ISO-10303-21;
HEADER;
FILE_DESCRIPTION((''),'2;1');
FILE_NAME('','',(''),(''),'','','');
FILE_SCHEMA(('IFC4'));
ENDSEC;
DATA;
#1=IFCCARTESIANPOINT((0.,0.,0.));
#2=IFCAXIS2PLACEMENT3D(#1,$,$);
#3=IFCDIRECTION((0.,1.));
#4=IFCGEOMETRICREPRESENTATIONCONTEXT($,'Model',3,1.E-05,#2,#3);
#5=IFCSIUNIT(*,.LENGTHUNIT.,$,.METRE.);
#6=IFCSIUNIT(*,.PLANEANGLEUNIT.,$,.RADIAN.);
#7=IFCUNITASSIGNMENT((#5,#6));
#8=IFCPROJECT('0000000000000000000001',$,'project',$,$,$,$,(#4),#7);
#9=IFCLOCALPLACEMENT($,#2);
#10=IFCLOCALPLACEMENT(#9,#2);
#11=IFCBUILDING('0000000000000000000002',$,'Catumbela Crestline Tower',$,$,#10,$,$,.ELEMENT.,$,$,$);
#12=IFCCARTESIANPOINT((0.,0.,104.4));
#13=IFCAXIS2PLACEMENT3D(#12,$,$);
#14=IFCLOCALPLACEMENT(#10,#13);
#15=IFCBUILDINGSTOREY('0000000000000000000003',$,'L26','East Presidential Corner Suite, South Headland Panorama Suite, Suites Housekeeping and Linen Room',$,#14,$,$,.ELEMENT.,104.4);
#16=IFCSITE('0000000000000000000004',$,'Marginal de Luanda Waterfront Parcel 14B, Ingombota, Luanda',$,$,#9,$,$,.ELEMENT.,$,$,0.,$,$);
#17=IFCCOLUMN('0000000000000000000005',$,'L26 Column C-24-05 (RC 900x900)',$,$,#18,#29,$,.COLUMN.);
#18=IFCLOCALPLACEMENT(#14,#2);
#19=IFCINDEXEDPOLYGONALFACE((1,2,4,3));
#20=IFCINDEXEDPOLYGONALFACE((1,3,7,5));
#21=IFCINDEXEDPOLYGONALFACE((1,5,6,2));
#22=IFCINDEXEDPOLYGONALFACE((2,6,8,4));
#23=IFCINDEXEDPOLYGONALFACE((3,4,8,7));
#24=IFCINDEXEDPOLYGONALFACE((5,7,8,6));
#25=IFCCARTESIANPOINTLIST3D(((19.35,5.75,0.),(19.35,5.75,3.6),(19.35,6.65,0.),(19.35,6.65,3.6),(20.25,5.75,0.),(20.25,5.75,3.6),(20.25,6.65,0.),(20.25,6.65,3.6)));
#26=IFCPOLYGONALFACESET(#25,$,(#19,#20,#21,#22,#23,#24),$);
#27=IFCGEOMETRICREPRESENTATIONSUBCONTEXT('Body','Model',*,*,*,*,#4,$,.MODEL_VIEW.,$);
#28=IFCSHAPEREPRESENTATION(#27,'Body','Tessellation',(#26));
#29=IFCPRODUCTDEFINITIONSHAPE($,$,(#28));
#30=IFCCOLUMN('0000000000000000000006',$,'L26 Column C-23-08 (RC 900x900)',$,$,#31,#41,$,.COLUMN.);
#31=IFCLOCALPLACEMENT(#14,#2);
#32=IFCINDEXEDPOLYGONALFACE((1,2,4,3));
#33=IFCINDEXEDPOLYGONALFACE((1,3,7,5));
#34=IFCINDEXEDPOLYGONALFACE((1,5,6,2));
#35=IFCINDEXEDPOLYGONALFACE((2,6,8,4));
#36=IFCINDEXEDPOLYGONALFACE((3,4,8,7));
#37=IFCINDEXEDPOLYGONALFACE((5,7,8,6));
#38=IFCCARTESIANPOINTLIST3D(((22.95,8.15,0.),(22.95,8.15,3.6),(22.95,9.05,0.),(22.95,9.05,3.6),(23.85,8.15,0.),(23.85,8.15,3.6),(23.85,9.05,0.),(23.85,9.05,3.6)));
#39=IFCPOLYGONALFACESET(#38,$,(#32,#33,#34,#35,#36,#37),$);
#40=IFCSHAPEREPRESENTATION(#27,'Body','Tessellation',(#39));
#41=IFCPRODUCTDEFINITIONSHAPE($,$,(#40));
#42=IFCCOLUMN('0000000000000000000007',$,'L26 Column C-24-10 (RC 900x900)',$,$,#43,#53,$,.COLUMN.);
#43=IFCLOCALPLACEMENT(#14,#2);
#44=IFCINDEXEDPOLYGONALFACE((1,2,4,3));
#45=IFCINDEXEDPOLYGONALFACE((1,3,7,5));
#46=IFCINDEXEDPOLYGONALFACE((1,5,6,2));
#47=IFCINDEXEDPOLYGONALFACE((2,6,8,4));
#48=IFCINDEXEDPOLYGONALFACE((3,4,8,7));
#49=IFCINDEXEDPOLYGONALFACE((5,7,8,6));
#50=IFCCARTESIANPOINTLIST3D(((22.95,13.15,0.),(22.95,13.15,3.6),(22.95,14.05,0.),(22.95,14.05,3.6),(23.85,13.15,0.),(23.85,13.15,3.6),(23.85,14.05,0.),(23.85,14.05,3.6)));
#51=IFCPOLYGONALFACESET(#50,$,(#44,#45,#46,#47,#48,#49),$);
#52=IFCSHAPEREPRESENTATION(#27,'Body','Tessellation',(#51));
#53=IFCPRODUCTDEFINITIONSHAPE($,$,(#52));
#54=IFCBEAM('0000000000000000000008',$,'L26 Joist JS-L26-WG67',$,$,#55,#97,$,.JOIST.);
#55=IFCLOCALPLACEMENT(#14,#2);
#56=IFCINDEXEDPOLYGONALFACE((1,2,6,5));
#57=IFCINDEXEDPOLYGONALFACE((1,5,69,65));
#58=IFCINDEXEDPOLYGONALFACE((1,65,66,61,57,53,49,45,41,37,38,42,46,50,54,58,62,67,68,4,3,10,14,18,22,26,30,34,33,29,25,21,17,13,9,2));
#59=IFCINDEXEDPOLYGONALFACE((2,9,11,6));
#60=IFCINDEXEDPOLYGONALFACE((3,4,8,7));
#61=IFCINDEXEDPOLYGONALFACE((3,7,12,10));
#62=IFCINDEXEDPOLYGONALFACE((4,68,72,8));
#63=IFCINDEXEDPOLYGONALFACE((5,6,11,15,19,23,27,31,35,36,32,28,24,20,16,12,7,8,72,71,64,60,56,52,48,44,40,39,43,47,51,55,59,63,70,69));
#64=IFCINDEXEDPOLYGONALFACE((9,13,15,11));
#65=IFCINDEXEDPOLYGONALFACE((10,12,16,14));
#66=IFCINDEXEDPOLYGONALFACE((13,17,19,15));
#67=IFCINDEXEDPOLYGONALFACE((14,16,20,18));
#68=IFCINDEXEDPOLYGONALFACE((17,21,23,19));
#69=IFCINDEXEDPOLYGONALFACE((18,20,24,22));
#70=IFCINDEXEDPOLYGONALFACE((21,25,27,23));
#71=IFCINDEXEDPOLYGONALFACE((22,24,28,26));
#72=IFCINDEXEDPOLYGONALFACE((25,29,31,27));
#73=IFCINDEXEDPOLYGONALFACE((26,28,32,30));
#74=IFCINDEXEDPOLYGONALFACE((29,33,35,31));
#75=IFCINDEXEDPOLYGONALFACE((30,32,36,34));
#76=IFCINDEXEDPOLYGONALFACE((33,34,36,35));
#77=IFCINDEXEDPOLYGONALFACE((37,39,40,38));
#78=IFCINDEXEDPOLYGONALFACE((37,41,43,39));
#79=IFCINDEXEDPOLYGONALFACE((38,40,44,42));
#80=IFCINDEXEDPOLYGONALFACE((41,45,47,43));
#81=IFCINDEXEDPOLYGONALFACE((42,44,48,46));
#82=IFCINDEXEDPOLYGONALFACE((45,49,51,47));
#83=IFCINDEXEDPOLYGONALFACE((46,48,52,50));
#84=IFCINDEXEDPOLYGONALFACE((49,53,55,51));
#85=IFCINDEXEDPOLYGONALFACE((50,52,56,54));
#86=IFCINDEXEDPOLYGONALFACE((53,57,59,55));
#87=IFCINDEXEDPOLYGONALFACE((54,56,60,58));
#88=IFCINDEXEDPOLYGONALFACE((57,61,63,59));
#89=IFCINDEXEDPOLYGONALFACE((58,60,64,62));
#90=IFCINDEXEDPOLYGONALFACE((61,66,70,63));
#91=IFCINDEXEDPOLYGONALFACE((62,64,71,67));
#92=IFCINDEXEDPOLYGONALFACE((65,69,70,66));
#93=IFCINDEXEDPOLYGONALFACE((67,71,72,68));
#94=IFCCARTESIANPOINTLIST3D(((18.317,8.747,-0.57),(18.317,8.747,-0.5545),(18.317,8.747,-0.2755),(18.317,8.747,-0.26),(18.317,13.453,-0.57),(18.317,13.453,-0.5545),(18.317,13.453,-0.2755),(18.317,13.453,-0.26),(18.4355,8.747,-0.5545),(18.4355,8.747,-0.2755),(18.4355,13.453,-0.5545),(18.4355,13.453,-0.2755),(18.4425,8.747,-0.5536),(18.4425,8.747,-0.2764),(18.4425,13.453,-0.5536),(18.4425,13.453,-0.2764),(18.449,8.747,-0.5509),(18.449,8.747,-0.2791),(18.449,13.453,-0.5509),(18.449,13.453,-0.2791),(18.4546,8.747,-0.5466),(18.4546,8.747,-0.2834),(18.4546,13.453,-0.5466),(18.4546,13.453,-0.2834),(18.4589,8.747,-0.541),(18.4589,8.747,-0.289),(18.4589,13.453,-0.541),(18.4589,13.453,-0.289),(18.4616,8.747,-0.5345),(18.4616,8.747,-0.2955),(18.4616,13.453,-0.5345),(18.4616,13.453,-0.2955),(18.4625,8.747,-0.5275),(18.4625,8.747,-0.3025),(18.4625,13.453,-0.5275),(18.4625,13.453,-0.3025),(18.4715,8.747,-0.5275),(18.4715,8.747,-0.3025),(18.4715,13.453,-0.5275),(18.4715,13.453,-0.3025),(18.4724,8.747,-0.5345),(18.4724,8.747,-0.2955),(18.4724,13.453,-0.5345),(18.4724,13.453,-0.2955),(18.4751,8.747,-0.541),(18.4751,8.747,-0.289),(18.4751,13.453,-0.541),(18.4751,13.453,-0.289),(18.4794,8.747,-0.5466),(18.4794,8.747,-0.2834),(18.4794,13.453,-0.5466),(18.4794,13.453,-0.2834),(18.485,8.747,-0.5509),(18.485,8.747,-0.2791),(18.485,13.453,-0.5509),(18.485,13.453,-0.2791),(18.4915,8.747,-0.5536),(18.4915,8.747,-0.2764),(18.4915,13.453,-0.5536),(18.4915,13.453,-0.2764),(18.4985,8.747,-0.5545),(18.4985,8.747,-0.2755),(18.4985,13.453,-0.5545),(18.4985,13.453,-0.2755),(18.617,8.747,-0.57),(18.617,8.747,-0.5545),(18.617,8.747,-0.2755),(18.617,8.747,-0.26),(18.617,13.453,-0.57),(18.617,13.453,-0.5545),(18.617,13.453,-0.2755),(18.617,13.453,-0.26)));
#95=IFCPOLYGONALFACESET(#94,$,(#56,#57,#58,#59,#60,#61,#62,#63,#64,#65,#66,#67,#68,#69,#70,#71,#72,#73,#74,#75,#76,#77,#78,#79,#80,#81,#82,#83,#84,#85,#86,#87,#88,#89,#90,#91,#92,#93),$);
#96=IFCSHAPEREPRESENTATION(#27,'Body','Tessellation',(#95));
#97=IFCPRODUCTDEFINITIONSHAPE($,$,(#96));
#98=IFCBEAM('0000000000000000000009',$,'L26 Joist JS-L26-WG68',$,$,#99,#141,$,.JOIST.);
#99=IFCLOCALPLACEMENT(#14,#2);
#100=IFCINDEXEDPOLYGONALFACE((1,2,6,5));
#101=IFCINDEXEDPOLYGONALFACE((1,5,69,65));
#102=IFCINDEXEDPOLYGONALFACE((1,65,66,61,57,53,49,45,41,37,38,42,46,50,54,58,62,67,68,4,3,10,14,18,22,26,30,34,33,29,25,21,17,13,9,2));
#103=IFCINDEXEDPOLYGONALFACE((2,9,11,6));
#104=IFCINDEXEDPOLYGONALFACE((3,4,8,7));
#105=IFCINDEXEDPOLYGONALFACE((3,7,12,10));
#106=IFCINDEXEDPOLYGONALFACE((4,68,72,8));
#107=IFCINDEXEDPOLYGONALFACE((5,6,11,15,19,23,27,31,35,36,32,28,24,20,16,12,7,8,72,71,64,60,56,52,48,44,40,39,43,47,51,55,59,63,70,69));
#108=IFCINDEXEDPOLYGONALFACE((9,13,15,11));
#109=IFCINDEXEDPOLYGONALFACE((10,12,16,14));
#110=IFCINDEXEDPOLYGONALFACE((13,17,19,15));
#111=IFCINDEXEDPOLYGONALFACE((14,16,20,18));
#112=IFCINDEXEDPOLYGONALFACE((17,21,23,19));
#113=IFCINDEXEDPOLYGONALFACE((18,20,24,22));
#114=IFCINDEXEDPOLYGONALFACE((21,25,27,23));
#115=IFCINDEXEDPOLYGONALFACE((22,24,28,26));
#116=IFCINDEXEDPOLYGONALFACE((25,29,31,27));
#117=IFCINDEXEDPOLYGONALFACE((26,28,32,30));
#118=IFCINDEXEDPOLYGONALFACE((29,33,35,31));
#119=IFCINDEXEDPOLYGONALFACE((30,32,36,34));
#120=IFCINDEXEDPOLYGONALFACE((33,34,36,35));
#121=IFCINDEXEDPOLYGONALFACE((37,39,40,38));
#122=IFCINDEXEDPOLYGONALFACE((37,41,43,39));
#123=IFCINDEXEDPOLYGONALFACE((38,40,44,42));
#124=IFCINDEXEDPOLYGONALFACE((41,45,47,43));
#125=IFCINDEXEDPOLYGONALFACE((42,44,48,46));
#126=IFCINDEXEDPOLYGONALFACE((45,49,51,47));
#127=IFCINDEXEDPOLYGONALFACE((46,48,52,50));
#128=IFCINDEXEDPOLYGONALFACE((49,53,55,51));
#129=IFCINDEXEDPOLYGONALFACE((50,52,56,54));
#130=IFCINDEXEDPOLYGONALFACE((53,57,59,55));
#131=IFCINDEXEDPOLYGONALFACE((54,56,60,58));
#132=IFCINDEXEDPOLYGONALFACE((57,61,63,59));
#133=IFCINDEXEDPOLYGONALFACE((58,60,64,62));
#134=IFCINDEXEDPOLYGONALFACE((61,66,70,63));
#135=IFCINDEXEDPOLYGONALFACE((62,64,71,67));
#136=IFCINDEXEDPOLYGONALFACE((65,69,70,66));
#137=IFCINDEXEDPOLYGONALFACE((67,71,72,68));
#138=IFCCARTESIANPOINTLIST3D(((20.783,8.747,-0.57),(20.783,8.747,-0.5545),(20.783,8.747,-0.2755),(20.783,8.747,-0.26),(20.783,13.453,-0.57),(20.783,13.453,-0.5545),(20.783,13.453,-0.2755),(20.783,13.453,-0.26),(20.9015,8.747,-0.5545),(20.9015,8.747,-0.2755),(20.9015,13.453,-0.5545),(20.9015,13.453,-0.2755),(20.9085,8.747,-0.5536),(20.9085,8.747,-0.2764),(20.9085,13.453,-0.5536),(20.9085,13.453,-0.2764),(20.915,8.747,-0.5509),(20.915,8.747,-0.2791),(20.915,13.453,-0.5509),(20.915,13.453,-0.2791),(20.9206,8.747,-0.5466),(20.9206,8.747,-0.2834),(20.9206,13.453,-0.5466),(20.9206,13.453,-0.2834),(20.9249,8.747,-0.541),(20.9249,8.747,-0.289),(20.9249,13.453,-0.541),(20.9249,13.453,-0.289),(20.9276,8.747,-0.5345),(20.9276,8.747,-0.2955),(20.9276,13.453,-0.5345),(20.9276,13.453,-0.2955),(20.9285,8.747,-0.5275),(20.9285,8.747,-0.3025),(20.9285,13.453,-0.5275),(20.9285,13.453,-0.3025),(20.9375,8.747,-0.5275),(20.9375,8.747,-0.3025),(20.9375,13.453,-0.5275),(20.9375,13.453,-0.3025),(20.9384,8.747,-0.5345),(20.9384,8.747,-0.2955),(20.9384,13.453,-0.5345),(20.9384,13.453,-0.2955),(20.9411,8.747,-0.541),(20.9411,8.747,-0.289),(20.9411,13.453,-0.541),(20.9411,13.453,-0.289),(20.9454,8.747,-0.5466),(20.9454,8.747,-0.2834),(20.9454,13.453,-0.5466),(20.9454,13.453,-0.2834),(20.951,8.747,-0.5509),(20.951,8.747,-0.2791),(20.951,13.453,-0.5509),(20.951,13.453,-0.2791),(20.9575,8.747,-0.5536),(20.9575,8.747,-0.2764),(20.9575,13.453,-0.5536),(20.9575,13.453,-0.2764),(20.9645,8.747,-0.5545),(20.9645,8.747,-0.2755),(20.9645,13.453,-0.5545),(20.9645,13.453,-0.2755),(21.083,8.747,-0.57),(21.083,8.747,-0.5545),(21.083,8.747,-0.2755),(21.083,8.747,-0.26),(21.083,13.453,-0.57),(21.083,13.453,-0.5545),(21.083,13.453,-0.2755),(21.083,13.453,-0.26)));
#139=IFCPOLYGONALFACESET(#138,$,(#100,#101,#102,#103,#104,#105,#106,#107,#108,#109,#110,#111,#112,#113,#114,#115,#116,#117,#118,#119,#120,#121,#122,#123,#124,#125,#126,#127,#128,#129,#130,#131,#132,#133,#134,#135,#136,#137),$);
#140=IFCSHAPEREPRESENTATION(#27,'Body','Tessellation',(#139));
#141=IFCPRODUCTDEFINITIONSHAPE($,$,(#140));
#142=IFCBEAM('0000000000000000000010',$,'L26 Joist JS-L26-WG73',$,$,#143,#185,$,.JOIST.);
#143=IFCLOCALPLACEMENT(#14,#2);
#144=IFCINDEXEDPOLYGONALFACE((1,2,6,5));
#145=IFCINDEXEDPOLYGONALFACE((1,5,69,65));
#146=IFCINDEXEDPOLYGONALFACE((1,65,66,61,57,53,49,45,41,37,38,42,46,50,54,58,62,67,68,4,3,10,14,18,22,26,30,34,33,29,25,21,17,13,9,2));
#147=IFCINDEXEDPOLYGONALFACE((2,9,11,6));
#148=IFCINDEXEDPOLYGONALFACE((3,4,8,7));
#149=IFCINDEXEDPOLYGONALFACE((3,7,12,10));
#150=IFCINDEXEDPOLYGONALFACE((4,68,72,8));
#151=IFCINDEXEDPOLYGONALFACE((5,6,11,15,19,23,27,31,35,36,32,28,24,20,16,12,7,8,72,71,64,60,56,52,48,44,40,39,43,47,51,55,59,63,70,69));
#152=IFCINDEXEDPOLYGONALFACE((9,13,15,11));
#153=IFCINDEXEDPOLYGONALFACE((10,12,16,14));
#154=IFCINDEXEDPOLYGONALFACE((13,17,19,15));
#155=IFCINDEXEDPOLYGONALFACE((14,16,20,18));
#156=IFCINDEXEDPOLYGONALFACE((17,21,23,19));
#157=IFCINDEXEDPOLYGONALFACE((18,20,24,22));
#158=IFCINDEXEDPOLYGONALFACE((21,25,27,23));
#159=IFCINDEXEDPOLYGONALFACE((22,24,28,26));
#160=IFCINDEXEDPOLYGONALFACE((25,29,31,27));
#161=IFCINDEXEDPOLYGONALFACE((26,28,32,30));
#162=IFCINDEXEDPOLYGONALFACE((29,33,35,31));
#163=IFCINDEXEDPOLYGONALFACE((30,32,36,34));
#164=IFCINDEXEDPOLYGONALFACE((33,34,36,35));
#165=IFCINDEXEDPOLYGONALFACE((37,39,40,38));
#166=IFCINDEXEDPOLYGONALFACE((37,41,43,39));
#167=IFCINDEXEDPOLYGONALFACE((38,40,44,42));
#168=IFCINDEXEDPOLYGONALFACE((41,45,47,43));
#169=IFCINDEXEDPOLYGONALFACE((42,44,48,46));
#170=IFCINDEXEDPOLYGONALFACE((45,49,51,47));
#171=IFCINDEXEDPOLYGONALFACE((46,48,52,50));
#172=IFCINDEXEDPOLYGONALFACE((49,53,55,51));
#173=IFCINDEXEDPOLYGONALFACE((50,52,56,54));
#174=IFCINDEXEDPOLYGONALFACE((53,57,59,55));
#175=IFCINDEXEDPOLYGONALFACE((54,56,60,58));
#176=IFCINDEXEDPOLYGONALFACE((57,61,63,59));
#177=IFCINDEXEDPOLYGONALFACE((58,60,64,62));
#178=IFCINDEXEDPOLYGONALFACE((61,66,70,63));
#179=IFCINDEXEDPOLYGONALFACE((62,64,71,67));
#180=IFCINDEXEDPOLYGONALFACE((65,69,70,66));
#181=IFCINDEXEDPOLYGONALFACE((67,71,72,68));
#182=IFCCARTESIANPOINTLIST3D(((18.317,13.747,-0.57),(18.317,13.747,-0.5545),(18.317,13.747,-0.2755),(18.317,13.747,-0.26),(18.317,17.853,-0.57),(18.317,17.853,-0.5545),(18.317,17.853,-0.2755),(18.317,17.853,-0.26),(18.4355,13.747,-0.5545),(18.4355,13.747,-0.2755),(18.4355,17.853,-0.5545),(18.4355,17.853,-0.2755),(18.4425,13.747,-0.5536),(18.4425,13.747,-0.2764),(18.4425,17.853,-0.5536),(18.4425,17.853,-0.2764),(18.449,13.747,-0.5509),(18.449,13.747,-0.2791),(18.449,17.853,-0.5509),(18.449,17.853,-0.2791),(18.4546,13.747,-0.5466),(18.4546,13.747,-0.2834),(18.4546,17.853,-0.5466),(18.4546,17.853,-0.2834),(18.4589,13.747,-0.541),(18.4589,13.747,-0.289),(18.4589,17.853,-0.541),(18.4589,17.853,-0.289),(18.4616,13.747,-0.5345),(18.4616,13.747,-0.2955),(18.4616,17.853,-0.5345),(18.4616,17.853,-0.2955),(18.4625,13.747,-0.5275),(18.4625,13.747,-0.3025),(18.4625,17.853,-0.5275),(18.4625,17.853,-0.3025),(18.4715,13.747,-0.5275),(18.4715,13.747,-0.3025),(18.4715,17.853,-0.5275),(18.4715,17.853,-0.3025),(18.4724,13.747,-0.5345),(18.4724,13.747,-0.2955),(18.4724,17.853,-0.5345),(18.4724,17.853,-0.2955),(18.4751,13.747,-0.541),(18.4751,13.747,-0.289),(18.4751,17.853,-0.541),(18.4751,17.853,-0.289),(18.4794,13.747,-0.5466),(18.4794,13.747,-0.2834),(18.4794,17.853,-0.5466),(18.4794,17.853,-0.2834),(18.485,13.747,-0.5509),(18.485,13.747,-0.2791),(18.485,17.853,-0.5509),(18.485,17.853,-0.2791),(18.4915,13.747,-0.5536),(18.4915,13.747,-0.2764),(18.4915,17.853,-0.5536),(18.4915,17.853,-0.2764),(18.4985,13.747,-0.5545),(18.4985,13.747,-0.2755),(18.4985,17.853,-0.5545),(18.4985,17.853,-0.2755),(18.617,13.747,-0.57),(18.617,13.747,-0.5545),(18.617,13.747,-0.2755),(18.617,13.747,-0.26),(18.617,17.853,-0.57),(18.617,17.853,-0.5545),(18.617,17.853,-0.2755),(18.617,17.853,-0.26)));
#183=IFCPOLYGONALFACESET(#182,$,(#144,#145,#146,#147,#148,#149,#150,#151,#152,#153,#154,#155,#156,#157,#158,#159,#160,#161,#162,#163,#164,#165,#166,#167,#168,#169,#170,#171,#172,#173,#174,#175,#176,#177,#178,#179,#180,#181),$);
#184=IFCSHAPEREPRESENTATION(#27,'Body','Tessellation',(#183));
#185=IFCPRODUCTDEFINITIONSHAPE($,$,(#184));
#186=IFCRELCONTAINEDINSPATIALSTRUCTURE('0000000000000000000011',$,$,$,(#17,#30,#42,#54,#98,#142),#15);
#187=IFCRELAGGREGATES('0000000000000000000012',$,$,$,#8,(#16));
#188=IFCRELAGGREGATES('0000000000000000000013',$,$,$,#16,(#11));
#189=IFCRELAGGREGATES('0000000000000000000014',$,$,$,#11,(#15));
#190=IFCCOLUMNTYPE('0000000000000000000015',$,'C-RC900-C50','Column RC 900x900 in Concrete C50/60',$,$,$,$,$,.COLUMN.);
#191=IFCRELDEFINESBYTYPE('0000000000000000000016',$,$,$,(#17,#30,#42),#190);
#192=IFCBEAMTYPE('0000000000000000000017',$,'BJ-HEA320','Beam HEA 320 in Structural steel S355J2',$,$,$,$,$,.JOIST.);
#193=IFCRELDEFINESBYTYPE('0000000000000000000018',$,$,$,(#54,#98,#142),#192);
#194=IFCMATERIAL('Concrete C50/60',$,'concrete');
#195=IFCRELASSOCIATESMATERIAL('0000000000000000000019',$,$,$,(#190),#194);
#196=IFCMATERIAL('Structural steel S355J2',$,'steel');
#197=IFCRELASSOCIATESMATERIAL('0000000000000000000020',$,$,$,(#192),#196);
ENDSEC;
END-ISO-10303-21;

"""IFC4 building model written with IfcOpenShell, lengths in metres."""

from ifc_helpers import new_model, si_unit, direction, frame, origin, origin_2d, place, context, subcontext, project, spatial, rectangle, i_section, extrude, material, material_profile, profile_set, type_object, element, save


model = new_model("IFC4")

# Units and contexts
model_context = context("Model", 3, precision=1e-05, world=origin(), true_north=direction((0.0, 1.0)))
body_context = subcontext(model_context, "Body", "Model", "MODEL_VIEW")
ifc_project = project(units=[si_unit("LENGTHUNIT", "METRE"), si_unit("PLANEANGLEUNIT", "RADIAN")], contexts=[model_context])

# Site, building, storey
site_placement = place(None, origin())
site = spatial("IfcSite", under=ifc_project, at=site_placement, Name="Marginal de Luanda Waterfront Parcel 14B, Ingombota, Luanda", CompositionType="ELEMENT", RefElevation=0.0)
building_placement = place(site_placement, origin())
building = spatial("IfcBuilding", under=site, at=building_placement, Name="Catumbela Crestline Tower", CompositionType="ELEMENT")
storey_placement = place(building_placement, frame((0.0, 0.0, 104.4)))
storey = spatial("IfcBuildingStorey", under=building, at=storey_placement, Name="L26", Description="East Presidential Corner Suite, South Headland Panorama Suite, Suites Housekeeping and Linen Room", CompositionType="ELEMENT", Elevation=104.4)

# Columns
ifc_material_1 = material(Name="Concrete C50/60", Category="concrete")
ifc_material_profile_1 = material_profile(ifc_material_1, rectangle(XDim=0.9, YDim=0.9, at=origin_2d()), Name="RC 900x900")
ifc_profile_set_1 = profile_set([ifc_material_profile_1], Name="Concrete C50/60")
column_type = type_object("IfcColumnType", Name="C-RC900-C50", Description="Column RC 900x900 in Concrete C50/60", PredefinedType="COLUMN", material=ifc_profile_set_1)
for number, where, z_axis, x_axis, name in (
    (1, (19.8, 6.2, 0.0), (0.0, 0.0, 1.0), (1.0, 0.0, 0.0), "L26 Column C-24-05 (RC 900x900)"),
    (2, (23.4, 8.6, 0.0), (0.0, 0.0, 1.0), (1.0, 0.0, 0.0), "L26 Column C-23-08 (RC 900x900)"),
    (3, (23.4, 13.6, 0.0), (0.0, 0.0, 1.0), (1.0, 0.0, 0.0), "L26 Column C-24-10 (RC 900x900)"),
):
    element("IfcColumn", number, at=place(storey_placement, frame(where, z_axis=z_axis, x_axis=x_axis)), inside=storey, type_object=column_type, Name=name, PredefinedType="COLUMN", context=body_context, shape_type="SweptSolid", body=[
        extrude(rectangle(XDim=0.9, YDim=0.9, at=origin_2d()), origin(), (0.0, 0.0, 1.0), 3.6),
    ])

# Beams
ifc_material_2 = material(Name="Structural steel S355J2", Category="steel")
ifc_material_profile_2 = material_profile(ifc_material_2, i_section(OverallWidth=0.3, OverallDepth=0.31, WebThickness=0.009, FlangeThickness=0.0155, FilletRadius=0.027, at=origin_2d()), Name="HEA 320")
ifc_profile_set_2 = profile_set([ifc_material_profile_2], Name="Structural steel S355J2")
beam_type_1 = type_object("IfcBeamType", Name="BJ-HEA320", Description="Beam HEA 320 in Structural steel S355J2", PredefinedType="JOIST", material=ifc_profile_set_2)
for number, where, z_axis, x_axis, name in (
    (4, (18.467, 8.747, -0.415), (0.0, 1.0, 0.0), (-1.0, 0.0, 0.0), "L26 Joist JS-L26-WG67"),
    (5, (20.933, 8.747, -0.415), (0.0, 1.0, 0.0), (-1.0, 0.0, 0.0), "L26 Joist JS-L26-WG68"),
):
    element("IfcBeam", number, at=place(storey_placement, frame(where, z_axis=z_axis, x_axis=x_axis)), inside=storey, type_object=beam_type_1, Name=name, PredefinedType="JOIST", context=body_context, shape_type="SweptSolid", body=[
        extrude(i_section(OverallWidth=0.3, OverallDepth=0.31, WebThickness=0.009, FlangeThickness=0.0155, FilletRadius=0.027, at=origin_2d()), origin(), (0.0, 0.0, 1.0), 4.706),
    ])
for number, where, z_axis, x_axis, name in (
    (6, (18.467, 13.747, -0.415), (0.0, 1.0, 0.0), (-1.0, 0.0, 0.0), "L26 Joist JS-L26-WG73"),
):
    element("IfcBeam", number, at=place(storey_placement, frame(where, z_axis=z_axis, x_axis=x_axis)), inside=storey, type_object=beam_type_1, Name=name, PredefinedType="JOIST", context=body_context, shape_type="SweptSolid", body=[
        extrude(i_section(OverallWidth=0.3, OverallDepth=0.31, WebThickness=0.009, FlangeThickness=0.0155, FilletRadius=0.027, at=origin_2d()), origin(), (0.0, 0.0, 1.0), 4.106),
    ])

save(model, "model.ifc")
